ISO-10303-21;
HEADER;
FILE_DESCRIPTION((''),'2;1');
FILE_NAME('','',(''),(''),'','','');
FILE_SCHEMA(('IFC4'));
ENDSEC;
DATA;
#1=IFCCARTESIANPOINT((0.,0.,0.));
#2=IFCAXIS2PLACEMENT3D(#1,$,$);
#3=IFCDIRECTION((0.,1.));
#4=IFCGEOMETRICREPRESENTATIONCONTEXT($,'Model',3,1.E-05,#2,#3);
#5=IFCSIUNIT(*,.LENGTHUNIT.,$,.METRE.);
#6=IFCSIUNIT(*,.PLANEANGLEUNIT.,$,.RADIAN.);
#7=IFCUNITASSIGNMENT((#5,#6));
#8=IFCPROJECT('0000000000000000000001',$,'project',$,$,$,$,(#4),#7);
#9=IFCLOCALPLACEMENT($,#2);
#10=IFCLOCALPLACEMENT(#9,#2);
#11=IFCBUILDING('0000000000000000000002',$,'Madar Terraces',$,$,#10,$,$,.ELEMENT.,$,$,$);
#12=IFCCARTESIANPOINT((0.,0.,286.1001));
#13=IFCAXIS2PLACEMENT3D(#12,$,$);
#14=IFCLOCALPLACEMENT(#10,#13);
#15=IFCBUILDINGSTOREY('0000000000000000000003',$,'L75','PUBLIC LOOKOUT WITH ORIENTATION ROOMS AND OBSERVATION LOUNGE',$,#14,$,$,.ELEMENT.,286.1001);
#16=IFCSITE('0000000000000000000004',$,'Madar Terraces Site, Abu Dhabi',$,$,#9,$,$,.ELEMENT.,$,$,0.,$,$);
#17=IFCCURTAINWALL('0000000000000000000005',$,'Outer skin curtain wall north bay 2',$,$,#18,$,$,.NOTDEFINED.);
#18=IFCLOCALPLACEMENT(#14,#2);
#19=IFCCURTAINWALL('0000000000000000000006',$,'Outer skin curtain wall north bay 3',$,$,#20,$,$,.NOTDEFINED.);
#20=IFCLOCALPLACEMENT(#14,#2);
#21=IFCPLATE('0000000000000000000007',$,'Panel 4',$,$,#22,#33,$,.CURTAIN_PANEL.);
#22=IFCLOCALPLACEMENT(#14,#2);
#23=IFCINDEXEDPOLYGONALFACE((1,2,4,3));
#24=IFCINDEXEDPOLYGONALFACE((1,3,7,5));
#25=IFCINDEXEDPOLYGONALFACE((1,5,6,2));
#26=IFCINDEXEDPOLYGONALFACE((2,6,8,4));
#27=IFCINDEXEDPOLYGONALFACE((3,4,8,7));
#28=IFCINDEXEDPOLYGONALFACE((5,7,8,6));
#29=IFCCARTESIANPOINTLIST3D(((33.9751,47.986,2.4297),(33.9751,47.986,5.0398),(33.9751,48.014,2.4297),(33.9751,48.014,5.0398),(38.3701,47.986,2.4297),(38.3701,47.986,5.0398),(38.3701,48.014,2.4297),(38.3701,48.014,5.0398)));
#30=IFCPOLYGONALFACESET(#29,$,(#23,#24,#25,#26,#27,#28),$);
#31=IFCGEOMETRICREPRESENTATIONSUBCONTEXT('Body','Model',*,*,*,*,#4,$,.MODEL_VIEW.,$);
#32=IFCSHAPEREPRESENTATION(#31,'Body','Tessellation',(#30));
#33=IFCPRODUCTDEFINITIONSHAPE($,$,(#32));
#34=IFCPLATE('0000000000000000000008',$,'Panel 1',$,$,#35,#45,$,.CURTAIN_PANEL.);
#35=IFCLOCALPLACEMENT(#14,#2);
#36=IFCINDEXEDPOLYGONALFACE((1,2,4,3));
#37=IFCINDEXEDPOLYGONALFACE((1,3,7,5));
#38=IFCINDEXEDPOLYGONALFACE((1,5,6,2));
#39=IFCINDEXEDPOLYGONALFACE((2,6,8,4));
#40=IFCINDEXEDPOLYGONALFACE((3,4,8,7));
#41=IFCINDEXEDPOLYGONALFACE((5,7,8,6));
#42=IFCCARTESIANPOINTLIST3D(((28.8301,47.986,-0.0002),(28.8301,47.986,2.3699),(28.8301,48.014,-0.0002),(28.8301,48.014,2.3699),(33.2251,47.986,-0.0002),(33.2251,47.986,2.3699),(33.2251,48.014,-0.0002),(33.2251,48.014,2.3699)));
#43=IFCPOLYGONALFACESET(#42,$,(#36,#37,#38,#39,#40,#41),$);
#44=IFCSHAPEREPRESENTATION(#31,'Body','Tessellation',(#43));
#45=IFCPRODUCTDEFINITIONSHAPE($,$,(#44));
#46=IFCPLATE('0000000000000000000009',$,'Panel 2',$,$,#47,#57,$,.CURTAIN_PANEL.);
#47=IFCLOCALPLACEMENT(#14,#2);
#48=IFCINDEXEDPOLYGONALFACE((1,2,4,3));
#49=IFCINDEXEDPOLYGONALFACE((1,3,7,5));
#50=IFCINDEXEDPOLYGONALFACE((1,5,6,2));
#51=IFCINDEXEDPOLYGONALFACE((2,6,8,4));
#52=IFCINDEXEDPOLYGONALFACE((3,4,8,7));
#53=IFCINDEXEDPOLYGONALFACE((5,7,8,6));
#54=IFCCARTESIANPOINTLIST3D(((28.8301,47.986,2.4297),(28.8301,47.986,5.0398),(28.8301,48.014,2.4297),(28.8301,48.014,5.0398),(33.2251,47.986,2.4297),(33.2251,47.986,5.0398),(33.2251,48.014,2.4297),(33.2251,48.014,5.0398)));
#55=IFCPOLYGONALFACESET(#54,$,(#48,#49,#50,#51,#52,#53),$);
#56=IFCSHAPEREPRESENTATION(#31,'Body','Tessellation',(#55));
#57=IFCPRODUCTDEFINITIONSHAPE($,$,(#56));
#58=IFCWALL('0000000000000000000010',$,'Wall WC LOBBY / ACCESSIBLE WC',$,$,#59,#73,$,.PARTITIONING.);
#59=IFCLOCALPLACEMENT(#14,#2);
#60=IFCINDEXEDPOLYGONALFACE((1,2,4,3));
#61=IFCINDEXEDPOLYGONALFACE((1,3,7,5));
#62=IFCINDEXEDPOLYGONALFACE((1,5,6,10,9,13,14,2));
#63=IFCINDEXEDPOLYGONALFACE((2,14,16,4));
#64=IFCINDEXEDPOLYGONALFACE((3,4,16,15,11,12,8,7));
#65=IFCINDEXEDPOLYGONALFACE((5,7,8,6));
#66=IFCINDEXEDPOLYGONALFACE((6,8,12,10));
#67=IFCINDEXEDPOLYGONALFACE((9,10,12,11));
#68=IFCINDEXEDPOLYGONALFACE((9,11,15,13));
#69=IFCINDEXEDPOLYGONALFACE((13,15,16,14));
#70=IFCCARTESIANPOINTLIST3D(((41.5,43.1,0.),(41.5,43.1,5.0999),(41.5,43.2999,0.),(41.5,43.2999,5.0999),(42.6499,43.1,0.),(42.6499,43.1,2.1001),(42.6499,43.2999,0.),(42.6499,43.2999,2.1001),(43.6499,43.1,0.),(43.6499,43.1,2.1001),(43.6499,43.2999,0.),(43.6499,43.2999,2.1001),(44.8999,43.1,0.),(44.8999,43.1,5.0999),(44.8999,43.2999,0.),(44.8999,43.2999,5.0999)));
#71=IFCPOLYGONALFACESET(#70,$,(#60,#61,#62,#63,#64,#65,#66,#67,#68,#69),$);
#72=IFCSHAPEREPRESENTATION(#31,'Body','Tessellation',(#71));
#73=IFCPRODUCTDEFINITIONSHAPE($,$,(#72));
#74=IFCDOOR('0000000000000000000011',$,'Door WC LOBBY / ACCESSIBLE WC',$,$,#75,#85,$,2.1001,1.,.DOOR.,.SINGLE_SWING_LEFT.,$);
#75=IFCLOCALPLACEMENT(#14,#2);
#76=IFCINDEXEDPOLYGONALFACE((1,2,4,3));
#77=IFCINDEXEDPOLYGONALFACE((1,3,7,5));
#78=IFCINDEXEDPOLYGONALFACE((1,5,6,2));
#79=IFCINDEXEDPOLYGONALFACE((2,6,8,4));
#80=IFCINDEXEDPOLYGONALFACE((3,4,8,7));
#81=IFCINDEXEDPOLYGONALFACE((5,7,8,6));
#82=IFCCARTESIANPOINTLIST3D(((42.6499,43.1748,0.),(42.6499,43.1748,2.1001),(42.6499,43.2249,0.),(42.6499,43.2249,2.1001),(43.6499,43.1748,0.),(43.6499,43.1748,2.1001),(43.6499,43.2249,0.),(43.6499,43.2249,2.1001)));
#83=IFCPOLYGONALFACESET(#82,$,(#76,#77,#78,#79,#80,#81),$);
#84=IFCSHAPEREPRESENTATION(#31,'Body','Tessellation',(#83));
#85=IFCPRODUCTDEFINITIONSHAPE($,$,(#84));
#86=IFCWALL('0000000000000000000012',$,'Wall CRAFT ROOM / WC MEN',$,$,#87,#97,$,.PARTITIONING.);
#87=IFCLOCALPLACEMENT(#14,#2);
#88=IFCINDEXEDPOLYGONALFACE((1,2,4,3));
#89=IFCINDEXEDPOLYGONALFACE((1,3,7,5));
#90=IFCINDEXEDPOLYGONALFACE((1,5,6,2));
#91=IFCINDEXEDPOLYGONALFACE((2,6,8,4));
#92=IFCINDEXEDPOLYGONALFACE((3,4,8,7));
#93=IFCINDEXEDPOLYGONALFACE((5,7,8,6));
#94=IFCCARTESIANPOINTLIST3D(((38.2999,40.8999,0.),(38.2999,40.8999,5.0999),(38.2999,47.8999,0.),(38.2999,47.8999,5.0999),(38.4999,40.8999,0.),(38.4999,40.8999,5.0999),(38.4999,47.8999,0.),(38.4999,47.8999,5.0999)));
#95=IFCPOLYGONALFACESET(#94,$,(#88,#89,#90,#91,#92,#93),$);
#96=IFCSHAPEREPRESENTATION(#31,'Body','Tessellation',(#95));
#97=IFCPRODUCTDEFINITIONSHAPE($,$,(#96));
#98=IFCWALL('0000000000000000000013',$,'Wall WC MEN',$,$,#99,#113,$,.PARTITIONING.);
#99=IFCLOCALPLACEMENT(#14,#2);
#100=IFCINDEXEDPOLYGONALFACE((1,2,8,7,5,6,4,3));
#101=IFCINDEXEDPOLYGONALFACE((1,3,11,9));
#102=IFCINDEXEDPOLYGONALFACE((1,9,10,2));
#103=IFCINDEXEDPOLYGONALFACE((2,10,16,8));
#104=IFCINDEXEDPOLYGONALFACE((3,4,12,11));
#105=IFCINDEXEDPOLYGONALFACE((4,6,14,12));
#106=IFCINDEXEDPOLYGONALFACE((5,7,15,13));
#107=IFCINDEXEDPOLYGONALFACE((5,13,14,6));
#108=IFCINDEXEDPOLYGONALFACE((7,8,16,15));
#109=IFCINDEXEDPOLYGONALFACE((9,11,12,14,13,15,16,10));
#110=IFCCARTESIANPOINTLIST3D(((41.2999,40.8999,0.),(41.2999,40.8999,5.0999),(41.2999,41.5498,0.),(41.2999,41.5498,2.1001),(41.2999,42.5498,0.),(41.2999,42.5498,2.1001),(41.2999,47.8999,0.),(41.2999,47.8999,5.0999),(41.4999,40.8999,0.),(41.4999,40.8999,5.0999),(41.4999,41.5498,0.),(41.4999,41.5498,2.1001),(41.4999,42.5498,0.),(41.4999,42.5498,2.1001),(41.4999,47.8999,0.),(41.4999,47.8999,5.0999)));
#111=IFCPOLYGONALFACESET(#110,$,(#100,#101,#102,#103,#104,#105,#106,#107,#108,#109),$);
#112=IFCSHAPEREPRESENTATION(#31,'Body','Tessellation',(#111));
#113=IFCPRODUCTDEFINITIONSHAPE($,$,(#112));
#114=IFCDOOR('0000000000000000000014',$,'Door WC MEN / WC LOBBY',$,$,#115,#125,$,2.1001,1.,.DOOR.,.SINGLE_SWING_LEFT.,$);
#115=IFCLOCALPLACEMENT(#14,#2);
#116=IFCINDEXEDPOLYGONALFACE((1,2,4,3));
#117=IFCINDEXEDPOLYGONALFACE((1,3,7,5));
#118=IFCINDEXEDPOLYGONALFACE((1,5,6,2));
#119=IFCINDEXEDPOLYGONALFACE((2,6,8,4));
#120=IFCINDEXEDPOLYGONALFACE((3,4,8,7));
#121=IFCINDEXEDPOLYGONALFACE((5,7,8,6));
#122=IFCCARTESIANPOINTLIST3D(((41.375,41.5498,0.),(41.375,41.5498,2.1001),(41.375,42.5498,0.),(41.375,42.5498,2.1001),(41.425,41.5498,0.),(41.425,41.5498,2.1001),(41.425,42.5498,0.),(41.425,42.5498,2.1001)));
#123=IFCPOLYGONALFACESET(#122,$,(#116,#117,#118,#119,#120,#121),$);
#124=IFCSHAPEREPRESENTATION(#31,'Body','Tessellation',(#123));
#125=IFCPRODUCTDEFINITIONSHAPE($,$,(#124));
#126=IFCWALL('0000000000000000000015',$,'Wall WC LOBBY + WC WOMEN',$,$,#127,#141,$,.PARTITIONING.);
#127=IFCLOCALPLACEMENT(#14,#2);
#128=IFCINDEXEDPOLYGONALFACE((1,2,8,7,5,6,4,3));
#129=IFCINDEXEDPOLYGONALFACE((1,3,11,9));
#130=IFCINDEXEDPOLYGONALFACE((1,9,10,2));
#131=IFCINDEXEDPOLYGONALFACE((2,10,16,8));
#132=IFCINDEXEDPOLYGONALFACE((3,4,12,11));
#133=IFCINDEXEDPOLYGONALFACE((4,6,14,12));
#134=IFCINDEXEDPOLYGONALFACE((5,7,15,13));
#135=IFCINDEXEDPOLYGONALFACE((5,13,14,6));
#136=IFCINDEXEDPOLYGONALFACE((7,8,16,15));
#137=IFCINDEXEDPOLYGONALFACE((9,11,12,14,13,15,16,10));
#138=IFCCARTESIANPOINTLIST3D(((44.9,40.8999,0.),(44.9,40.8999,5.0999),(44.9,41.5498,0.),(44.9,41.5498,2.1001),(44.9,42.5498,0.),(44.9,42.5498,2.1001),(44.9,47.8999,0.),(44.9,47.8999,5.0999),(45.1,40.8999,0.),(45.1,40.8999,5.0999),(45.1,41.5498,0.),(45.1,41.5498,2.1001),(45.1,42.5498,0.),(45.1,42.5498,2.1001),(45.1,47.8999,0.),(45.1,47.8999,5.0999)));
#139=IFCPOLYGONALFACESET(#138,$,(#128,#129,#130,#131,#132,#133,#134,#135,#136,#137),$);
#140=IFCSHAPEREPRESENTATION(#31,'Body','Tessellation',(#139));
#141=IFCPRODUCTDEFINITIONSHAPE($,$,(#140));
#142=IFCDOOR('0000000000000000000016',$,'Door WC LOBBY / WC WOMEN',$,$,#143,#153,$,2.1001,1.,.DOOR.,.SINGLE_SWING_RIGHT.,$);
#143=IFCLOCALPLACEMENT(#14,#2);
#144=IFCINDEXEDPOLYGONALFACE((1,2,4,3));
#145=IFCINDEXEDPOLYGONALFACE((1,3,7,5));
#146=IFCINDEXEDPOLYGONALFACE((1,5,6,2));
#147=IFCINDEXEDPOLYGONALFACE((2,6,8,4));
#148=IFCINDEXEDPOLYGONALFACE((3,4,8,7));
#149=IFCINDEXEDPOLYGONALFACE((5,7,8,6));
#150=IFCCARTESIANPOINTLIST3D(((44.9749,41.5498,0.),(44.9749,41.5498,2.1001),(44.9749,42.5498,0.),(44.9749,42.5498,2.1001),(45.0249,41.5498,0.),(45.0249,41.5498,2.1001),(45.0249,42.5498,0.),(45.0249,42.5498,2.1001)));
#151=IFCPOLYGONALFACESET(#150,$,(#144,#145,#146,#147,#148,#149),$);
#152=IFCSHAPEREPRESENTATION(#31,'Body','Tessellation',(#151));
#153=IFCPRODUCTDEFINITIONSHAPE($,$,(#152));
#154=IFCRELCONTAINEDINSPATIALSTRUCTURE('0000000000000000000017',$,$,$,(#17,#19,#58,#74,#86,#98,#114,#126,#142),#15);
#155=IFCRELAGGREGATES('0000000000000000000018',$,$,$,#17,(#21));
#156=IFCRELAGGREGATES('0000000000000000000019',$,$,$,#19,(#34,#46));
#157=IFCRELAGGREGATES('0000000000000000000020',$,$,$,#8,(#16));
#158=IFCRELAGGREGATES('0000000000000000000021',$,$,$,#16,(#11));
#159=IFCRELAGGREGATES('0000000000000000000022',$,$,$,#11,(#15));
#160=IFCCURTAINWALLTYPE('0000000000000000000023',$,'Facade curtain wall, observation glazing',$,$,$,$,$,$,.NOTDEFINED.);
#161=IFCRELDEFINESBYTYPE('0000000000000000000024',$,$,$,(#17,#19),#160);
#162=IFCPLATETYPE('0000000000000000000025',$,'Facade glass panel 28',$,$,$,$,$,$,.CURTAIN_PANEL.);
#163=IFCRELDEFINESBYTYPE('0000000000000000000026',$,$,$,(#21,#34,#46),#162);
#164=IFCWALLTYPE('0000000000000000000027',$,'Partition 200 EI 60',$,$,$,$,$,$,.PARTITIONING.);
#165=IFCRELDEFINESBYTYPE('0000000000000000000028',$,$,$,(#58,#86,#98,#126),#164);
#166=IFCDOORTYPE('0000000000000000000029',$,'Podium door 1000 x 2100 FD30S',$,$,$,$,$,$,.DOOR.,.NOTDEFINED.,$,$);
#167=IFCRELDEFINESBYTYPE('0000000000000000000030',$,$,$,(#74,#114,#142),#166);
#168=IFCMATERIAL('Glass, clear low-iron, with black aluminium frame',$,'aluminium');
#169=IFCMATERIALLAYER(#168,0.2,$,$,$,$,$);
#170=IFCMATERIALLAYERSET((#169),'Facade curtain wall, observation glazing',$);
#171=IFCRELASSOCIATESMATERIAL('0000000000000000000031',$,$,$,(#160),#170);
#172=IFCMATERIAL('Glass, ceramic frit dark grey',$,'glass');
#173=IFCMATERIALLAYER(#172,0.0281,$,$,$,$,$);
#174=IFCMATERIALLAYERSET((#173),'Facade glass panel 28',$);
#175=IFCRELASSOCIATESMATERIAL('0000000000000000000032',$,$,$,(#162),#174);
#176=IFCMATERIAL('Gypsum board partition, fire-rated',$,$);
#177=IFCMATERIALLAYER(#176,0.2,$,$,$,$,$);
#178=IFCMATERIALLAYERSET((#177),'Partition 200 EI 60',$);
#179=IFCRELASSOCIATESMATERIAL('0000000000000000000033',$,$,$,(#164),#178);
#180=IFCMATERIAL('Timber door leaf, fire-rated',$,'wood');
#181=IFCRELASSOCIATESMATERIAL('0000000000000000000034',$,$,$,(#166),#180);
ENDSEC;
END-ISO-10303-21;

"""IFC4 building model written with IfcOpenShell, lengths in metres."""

from ifc_helpers import new_model, si_unit, direction, frame, frame_2d, origin, origin_2d, place, context, subcontext, project, spatial, rectangle, extrude, material, layer, layer_set, type_object, element, fill, aggregate, save


model = new_model("IFC4")

# Units and contexts
model_context = context("Model", 3, precision=1e-05, world=origin(), true_north=direction((0.0, 1.0)))
body_context = subcontext(model_context, "Body", "Model", "MODEL_VIEW")
ifc_project = project(units=[si_unit("LENGTHUNIT", "METRE"), si_unit("PLANEANGLEUNIT", "RADIAN")], contexts=[model_context])

# Site, building, storey
site_placement = place(None, origin())
site = spatial("IfcSite", under=ifc_project, at=site_placement, Name="Madar Terraces Site, Abu Dhabi", CompositionType="ELEMENT", RefElevation=0.0)
building_placement = place(site_placement, origin())
building = spatial("IfcBuilding", under=site, at=building_placement, Name="Madar Terraces", CompositionType="ELEMENT")
storey_placement = place(building_placement, frame((0.0, 0.0, 286.1001)))
storey = spatial("IfcBuildingStorey", under=building, at=storey_placement, Name="L75", Description="PUBLIC LOOKOUT WITH ORIENTATION ROOMS AND OBSERVATION LOUNGE", CompositionType="ELEMENT", Elevation=286.1001)

# Curtain wall
ifc_material_1 = material(Name="Glass, clear low-iron, with black aluminium frame", Category="aluminium")
ifc_layer_1 = layer(ifc_material_1, 0.2)
ifc_layer_set_1 = layer_set([ifc_layer_1], Name="Facade curtain wall, observation glazing")
curtain_wall_type = type_object("IfcCurtainWallType", Name="Facade curtain wall, observation glazing", PredefinedType="NOTDEFINED", material=ifc_layer_set_1)
curtain_wall_1_placement = place(storey_placement, origin())
curtain_wall_1 = element("IfcCurtainWall", 1, at=curtain_wall_1_placement, inside=storey, type_object=curtain_wall_type, Name="Outer skin curtain wall north bay 2", PredefinedType="NOTDEFINED")

# Curtain wall
curtain_wall_2_placement = place(storey_placement, origin())
curtain_wall_2 = element("IfcCurtainWall", 2, at=curtain_wall_2_placement, inside=storey, type_object=curtain_wall_type, Name="Outer skin curtain wall north bay 3", PredefinedType="NOTDEFINED")

# Plates
ifc_material_2 = material(Name="Glass, ceramic frit dark grey", Category="glass")
ifc_layer_2 = layer(ifc_material_2, 0.0281)
ifc_layer_set_2 = layer_set([ifc_layer_2], Name="Facade glass panel 28")
plate_type = type_object("IfcPlateType", Name="Facade glass panel 28", PredefinedType="CURTAIN_PANEL", material=ifc_layer_set_2)
plate_1_placement = place(storey_placement, frame((36.1726, 48.0, 2.4297), z_axis=(0.0, 0.0, 1.0), x_axis=(-1.0, 0.0, 0.0)))
plate_1 = element("IfcPlate", 3, at=plate_1_placement, type_object=plate_type, Name="Panel 4", PredefinedType="CURTAIN_PANEL", context=body_context, shape_type="SweptSolid", body=[
    extrude(rectangle(XDim=4.395, YDim=0.0281, at=origin_2d()), origin(), (0.0, 0.0, 1.0), 2.6101),
])
aggregate(curtain_wall_1, [plate_1])
plate_2_placement = place(storey_placement, frame((31.0276, 48.0, -0.0002), z_axis=(0.0, 0.0, 1.0), x_axis=(-1.0, 0.0, 0.0)))
plate_2 = element("IfcPlate", 4, at=plate_2_placement, type_object=plate_type, Name="Panel 1", PredefinedType="CURTAIN_PANEL", context=body_context, shape_type="SweptSolid", body=[
    extrude(rectangle(XDim=4.395, YDim=0.0281, at=origin_2d()), origin(), (0.0, 0.0, 1.0), 2.3701),
])
plate_3_placement = place(storey_placement, frame((31.0276, 48.0, 2.4297), z_axis=(0.0, 0.0, 1.0), x_axis=(-1.0, 0.0, 0.0)))
plate_3 = element("IfcPlate", 5, at=plate_3_placement, type_object=plate_type, Name="Panel 2", PredefinedType="CURTAIN_PANEL", context=body_context, shape_type="SweptSolid", body=[
    extrude(rectangle(XDim=4.395, YDim=0.0281, at=origin_2d()), origin(), (0.0, 0.0, 1.0), 2.6101),
])
aggregate(curtain_wall_2, [plate_2, plate_3])

# Wall, opening, door
ifc_material_3 = material(Name="Gypsum board partition, fire-rated")
ifc_layer_3 = layer(ifc_material_3, 0.2)
ifc_layer_set_3 = layer_set([ifc_layer_3], Name="Partition 200 EI 60")
wall_type = type_object("IfcWallType", Name="Partition 200 EI 60", PredefinedType="PARTITIONING", material=ifc_layer_set_3)
wall_1_placement = place(storey_placement, frame((41.5, 43.2, 0.0), z_axis=(0.0, 0.0, 1.0), x_axis=(1.0, 0.0, 0.0)))
wall_1 = element("IfcWall", 6, at=wall_1_placement, inside=storey, type_object=wall_type, Name="Wall WC LOBBY / ACCESSIBLE WC", PredefinedType="PARTITIONING", context=body_context, shape_type="SweptSolid", body=[
    extrude(rectangle(XDim=3.3999, YDim=0.2, at=frame_2d((1.7, 0.0))), origin(), (0.0, 0.0, 1.0), 5.0999),
])
opening_1_placement = place(wall_1_placement, frame((1.1499, 0.0, 0.0)))
opening_1 = element("IfcOpeningElement", 7, at=opening_1_placement, cuts=wall_1, PredefinedType="OPENING", context=body_context, shape_type="SweptSolid", body=[
    extrude(rectangle(XDim=1.0, YDim=2.1001, at=frame_2d((0.5, 1.05))), frame((0.0, 0.1099, 0.0), z_axis=(0.0, -1.0, 0.0), x_axis=(1.0, 0.0, 0.0)), (0.0, 0.0, 1.0), 0.22),
])
ifc_material_4 = material(Name="Timber door leaf, fire-rated", Category="wood")
door_type = type_object("IfcDoorType", Name="Podium door 1000 x 2100 FD30S", OperationType="NOTDEFINED", PredefinedType="DOOR", material=ifc_material_4)
door_1_placement = place(opening_1_placement, origin())
door_1 = element("IfcDoor", 8, at=door_1_placement, inside=storey, type_object=door_type, Name="Door WC LOBBY / ACCESSIBLE WC", OperationType="SINGLE_SWING_LEFT", OverallHeight=2.1001, OverallWidth=1.0, PredefinedType="DOOR", context=body_context, shape_type="SweptSolid", body=[
    extrude(rectangle(XDim=1.0, YDim=2.1001, at=frame_2d((0.5, 1.05))), frame((0.0, 0.0249, 0.0), z_axis=(0.0, -1.0, 0.0), x_axis=(1.0, 0.0, 0.0)), (0.0, 0.0, 1.0), 0.05),
])
fill(opening_1, door_1)

# Wall
wall_2_placement = place(storey_placement, frame((38.3999, 40.8999, 0.0), z_axis=(0.0, 0.0, 1.0), x_axis=(0.0, 1.0, 0.0)))
element("IfcWall", 9, at=wall_2_placement, inside=storey, type_object=wall_type, Name="Wall CRAFT ROOM / WC MEN", PredefinedType="PARTITIONING", context=body_context, shape_type="SweptSolid", body=[
    extrude(rectangle(XDim=7.0, YDim=0.2, at=frame_2d((3.5, 0.0))), origin(), (0.0, 0.0, 1.0), 5.0999),
])

# Walls, openings, doors
wall_3_placement = place(storey_placement, frame((41.3999, 40.8999, 0.0), z_axis=(0.0, 0.0, 1.0), x_axis=(0.0, 1.0, 0.0)))
wall_3 = element("IfcWall", 10, at=wall_3_placement, inside=storey, type_object=wall_type, Name="Wall WC MEN", PredefinedType="PARTITIONING", context=body_context, shape_type="SweptSolid", body=[
    extrude(rectangle(XDim=7.0, YDim=0.2, at=frame_2d((3.5, 0.0))), origin(), (0.0, 0.0, 1.0), 5.0999),
])
opening_2_placement = place(wall_3_placement, frame((0.6499, 0.0, 0.0)))
opening_2 = element("IfcOpeningElement", 11, at=opening_2_placement, cuts=wall_3, PredefinedType="OPENING", context=body_context, shape_type="SweptSolid", body=[
    extrude(rectangle(XDim=1.0, YDim=2.1001, at=frame_2d((0.5, 1.05))), frame((0.0, 0.1099, 0.0), z_axis=(0.0, -1.0, 0.0), x_axis=(1.0, 0.0, 0.0)), (0.0, 0.0, 1.0), 0.22),
])
door_2_placement = place(opening_2_placement, origin())
door_2 = element("IfcDoor", 12, at=door_2_placement, inside=storey, type_object=door_type, Name="Door WC MEN / WC LOBBY", OperationType="SINGLE_SWING_LEFT", OverallHeight=2.1001, OverallWidth=1.0, PredefinedType="DOOR", context=body_context, shape_type="SweptSolid", body=[
    extrude(rectangle(XDim=1.0, YDim=2.1001, at=frame_2d((0.5, 1.05))), frame((0.0, 0.0249, 0.0), z_axis=(0.0, -1.0, 0.0), x_axis=(1.0, 0.0, 0.0)), (0.0, 0.0, 1.0), 0.05),
])
fill(opening_2, door_2)
wall_4_placement = place(storey_placement, frame((45.0, 47.8999, 0.0), z_axis=(0.0, 0.0, 1.0), x_axis=(0.0, -1.0, 0.0)))
wall_4 = element("IfcWall", 13, at=wall_4_placement, inside=storey, type_object=wall_type, Name="Wall WC LOBBY + WC WOMEN", PredefinedType="PARTITIONING", context=body_context, shape_type="SweptSolid", body=[
    extrude(rectangle(XDim=7.0, YDim=0.2, at=frame_2d((3.5, 0.0))), origin(), (0.0, 0.0, 1.0), 5.0999),
])
opening_3_placement = place(wall_4_placement, frame((5.3501, 0.0, 0.0)))
opening_3 = element("IfcOpeningElement", 14, at=opening_3_placement, cuts=wall_4, PredefinedType="OPENING", context=body_context, shape_type="SweptSolid", body=[
    extrude(rectangle(XDim=1.0, YDim=2.1001, at=frame_2d((0.5, 1.05))), frame((0.0, 0.1099, 0.0), z_axis=(0.0, -1.0, 0.0), x_axis=(1.0, 0.0, 0.0)), (0.0, 0.0, 1.0), 0.22),
])
door_3_placement = place(opening_3_placement, origin())
door_3 = element("IfcDoor", 15, at=door_3_placement, inside=storey, type_object=door_type, Name="Door WC LOBBY / WC WOMEN", OperationType="SINGLE_SWING_RIGHT", OverallHeight=2.1001, OverallWidth=1.0, PredefinedType="DOOR", context=body_context, shape_type="SweptSolid", body=[
    extrude(rectangle(XDim=1.0, YDim=2.1001, at=frame_2d((0.5, 1.05))), frame((0.0, 0.0249, 0.0), z_axis=(0.0, -1.0, 0.0), x_axis=(1.0, 0.0, 0.0)), (0.0, 0.0, 1.0), 0.05),
])
fill(opening_3, door_3)

save(model, "model.ifc")
